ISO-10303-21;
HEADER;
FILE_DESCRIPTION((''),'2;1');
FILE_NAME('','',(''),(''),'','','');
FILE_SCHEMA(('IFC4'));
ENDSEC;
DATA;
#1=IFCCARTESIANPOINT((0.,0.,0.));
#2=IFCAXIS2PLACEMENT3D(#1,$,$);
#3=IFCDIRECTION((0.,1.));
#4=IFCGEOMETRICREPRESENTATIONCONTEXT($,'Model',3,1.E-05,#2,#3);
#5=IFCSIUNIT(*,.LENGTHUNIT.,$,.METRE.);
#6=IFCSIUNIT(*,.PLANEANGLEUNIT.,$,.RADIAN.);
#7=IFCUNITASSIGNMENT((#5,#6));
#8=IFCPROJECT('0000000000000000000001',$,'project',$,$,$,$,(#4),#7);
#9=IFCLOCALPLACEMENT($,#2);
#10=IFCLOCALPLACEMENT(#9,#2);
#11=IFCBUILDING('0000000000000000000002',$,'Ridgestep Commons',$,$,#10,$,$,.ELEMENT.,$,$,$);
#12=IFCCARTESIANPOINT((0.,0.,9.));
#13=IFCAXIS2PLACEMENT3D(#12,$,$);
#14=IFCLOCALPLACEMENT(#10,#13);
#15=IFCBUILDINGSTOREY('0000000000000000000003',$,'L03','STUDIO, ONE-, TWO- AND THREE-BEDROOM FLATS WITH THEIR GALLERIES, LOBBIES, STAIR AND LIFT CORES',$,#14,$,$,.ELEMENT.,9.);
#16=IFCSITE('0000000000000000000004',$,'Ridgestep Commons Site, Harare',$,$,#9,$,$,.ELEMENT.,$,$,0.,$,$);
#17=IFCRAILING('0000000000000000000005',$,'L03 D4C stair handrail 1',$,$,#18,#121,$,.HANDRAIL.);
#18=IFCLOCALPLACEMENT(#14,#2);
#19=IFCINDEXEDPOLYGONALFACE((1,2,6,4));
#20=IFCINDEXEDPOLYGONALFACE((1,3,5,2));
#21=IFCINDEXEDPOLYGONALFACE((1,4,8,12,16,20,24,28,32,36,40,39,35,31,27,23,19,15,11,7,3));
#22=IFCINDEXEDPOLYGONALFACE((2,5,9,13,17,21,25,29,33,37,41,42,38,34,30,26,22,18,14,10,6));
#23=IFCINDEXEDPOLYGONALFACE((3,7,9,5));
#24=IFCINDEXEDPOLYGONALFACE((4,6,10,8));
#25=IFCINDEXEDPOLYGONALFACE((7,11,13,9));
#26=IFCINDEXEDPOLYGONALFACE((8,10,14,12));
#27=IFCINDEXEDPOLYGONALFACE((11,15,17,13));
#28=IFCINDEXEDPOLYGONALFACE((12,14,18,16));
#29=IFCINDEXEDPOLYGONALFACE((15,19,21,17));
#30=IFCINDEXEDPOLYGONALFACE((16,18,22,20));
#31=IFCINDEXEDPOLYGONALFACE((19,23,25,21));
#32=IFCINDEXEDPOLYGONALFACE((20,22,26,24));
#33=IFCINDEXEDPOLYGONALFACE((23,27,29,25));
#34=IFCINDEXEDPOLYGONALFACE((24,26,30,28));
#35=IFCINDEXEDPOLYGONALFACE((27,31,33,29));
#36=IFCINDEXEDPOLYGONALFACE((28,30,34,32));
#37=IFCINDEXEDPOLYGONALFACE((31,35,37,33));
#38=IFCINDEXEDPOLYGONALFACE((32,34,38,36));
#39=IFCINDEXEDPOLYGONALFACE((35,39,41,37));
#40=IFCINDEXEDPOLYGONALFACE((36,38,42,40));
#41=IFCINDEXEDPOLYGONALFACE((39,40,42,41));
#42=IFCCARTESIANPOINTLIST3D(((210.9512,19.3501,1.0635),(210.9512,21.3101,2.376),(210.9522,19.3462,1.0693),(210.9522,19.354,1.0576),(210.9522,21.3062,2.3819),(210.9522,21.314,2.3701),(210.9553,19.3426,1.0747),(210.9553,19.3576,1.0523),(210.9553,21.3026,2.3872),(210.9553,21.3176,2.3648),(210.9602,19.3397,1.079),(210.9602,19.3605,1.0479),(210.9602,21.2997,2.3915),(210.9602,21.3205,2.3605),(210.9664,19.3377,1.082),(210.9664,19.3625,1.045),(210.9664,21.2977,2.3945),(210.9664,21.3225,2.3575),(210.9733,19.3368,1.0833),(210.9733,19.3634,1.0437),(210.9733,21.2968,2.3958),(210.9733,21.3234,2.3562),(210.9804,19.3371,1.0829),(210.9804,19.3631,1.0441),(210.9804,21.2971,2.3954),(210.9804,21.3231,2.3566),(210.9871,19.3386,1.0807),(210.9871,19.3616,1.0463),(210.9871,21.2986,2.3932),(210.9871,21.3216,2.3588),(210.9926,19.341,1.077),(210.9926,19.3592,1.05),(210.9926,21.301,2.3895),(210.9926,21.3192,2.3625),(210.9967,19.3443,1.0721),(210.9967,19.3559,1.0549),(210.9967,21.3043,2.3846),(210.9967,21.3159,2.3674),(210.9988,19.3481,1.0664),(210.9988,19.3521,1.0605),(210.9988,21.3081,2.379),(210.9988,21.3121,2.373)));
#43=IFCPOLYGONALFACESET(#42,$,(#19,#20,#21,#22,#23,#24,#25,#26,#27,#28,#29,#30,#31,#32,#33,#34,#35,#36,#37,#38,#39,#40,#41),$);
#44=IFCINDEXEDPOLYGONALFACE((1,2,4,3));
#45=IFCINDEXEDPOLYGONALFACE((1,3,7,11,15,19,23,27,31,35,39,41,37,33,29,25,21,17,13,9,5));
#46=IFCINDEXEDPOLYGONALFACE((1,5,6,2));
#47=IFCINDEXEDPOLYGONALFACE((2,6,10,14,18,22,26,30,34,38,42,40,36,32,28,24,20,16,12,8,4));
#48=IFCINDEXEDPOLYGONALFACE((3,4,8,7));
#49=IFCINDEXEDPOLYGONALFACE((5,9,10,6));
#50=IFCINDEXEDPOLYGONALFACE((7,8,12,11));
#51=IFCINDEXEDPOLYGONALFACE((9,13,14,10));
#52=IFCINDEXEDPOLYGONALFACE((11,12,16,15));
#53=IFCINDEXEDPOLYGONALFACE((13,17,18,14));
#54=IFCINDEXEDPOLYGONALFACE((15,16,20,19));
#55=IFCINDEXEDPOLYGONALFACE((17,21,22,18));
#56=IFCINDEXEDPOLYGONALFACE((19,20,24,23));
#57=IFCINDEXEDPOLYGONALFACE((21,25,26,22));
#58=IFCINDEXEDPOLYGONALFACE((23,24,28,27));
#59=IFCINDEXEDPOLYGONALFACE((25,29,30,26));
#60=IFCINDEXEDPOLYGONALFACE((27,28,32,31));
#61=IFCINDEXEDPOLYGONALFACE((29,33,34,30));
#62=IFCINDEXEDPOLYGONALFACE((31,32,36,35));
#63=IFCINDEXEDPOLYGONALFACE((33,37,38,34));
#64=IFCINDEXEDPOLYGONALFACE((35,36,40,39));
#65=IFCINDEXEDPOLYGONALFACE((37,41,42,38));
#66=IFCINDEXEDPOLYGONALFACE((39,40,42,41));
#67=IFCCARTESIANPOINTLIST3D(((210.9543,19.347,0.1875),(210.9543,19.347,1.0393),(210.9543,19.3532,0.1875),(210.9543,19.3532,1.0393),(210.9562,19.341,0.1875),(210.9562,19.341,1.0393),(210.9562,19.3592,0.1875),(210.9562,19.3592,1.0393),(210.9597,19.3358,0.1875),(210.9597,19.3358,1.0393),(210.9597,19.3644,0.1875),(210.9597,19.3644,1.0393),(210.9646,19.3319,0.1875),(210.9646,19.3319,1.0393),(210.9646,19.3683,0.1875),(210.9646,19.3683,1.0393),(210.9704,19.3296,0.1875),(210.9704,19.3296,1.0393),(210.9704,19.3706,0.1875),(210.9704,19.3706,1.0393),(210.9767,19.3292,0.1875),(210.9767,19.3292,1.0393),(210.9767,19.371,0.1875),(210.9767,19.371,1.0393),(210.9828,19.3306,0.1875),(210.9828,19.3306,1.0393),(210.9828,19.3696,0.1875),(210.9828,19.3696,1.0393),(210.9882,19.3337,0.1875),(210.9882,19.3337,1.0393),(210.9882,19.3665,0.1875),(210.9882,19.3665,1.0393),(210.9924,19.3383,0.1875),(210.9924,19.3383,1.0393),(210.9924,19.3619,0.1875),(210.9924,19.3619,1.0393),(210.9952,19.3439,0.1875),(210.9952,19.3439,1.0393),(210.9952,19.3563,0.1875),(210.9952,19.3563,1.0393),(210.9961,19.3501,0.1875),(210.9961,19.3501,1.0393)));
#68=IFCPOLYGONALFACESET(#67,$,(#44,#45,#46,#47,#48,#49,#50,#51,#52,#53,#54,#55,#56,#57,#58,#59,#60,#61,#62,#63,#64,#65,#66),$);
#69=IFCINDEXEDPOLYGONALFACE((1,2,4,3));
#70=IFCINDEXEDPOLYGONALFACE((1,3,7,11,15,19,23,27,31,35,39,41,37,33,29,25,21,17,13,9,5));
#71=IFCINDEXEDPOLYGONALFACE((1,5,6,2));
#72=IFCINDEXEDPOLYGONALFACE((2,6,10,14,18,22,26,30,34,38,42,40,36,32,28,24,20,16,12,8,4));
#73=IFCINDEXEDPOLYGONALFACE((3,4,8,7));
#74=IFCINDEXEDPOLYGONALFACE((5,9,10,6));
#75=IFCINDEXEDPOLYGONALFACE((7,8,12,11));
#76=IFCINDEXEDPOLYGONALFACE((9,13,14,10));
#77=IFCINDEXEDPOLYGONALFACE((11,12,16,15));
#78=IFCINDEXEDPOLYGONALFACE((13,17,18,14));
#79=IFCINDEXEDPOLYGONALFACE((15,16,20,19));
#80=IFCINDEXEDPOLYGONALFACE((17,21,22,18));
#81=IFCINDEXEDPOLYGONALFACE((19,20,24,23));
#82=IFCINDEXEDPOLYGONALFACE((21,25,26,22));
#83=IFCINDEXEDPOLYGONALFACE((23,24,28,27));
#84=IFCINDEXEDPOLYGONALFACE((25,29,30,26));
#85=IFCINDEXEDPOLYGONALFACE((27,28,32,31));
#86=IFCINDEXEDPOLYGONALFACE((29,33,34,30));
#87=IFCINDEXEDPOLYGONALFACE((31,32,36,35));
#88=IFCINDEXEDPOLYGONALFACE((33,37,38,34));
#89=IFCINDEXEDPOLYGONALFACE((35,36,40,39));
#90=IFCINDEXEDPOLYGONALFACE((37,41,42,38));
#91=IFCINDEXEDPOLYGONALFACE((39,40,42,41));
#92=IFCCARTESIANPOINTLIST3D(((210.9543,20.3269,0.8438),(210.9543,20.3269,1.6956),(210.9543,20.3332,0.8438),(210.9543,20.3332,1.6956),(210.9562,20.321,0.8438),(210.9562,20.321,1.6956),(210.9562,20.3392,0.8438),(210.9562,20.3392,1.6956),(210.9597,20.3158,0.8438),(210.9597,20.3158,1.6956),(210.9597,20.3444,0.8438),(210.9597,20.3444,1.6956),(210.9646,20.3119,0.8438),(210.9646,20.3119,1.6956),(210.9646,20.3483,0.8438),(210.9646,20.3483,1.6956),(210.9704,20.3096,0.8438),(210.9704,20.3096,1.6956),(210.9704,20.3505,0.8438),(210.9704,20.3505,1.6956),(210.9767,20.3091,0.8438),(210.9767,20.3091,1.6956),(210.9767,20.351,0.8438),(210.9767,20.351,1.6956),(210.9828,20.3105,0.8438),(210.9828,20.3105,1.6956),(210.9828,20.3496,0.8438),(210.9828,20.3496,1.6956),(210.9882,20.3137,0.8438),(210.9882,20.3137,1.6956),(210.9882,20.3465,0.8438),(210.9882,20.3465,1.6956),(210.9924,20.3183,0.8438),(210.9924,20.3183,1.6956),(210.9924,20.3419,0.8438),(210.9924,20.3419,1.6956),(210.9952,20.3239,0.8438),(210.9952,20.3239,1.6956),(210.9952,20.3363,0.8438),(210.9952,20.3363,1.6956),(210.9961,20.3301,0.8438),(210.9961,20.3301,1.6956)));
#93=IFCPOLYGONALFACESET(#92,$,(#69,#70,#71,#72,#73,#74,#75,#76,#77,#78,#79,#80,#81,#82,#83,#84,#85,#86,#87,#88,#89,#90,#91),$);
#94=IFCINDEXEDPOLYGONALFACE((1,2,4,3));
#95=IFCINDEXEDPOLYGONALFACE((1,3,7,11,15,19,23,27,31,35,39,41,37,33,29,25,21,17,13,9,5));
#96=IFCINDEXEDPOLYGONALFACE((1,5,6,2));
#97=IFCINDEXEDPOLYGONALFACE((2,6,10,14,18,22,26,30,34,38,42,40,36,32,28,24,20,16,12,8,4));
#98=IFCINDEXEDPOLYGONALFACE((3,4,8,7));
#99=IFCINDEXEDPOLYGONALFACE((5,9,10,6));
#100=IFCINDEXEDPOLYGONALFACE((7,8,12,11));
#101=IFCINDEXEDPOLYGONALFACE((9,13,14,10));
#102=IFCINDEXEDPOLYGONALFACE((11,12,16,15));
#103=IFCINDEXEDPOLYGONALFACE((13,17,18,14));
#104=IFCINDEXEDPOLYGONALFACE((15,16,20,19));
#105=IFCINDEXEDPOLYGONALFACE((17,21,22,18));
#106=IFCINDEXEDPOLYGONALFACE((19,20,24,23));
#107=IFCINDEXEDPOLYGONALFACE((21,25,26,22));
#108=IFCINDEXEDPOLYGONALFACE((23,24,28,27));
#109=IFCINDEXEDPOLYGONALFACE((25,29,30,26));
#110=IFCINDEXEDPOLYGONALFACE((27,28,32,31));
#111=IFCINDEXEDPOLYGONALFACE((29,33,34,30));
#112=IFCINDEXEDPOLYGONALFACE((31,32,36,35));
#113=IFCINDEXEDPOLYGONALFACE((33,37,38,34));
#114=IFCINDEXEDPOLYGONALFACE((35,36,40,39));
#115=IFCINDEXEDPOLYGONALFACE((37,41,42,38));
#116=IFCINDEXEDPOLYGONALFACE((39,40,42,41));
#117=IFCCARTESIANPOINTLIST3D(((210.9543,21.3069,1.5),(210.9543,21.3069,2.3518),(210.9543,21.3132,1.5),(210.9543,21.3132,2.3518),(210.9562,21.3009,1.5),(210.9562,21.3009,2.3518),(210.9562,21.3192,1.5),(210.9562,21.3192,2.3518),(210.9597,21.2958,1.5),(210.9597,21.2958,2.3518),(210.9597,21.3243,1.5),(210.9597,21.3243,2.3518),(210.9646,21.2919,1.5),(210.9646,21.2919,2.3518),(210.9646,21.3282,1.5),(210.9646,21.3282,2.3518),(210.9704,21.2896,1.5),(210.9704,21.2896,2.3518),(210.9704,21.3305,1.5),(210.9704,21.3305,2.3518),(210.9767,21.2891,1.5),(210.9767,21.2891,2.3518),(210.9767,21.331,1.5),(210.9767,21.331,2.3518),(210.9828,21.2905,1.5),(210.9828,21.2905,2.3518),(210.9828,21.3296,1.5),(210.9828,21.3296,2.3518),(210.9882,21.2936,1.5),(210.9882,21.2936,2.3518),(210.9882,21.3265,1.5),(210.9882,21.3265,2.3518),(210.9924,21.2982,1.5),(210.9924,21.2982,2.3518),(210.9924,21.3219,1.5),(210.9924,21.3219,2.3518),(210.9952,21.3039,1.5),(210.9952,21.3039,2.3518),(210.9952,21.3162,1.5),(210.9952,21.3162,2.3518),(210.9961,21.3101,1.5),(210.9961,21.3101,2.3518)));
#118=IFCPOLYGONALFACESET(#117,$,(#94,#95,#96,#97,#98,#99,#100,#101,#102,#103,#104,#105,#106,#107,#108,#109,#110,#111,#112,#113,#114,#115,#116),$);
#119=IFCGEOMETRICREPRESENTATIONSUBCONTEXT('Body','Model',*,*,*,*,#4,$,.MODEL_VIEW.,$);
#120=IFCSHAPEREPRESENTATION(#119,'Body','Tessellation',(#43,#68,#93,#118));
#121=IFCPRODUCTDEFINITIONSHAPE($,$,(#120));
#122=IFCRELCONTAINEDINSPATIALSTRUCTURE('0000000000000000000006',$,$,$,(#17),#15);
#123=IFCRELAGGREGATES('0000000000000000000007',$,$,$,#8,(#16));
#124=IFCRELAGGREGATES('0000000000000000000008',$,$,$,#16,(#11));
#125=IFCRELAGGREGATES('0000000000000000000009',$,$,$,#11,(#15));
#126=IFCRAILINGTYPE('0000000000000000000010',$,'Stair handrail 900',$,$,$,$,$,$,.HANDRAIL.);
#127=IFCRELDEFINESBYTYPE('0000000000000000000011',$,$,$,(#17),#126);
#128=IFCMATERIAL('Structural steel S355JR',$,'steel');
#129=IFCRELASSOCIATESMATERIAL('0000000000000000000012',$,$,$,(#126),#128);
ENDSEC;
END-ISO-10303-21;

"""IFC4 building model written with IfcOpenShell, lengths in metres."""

from ifc_helpers import new_model, si_unit, direction, frame, origin, origin_2d, place, context, subcontext, project, spatial, circle, extrude, material, type_object, element, save


model = new_model("IFC4")

# Units and contexts
model_context = context("Model", 3, precision=1e-05, world=origin(), true_north=direction((0.0, 1.0)))
body_context = subcontext(model_context, "Body", "Model", "MODEL_VIEW")
ifc_project = project(units=[si_unit("LENGTHUNIT", "METRE"), si_unit("PLANEANGLEUNIT", "RADIAN")], contexts=[model_context])

# Site, building, storey
site_placement = place(None, origin())
site = spatial("IfcSite", under=ifc_project, at=site_placement, Name="Ridgestep Commons Site, Harare", CompositionType="ELEMENT", RefElevation=0.0)
building_placement = place(site_placement, origin())
building = spatial("IfcBuilding", under=site, at=building_placement, Name="Ridgestep Commons", CompositionType="ELEMENT")
storey_placement = place(building_placement, frame((0.0, 0.0, 9.0)))
storey = spatial("IfcBuildingStorey", under=building, at=storey_placement, Name="L03", Description="STUDIO, ONE-, TWO- AND THREE-BEDROOM FLATS WITH THEIR GALLERIES, LOBBIES, STAIR AND LIFT CORES", CompositionType="ELEMENT", Elevation=9.0)

# Railing
ifc_material_1 = material(Name="Structural steel S355JR", Category="steel")
railing_type_1 = type_object("IfcRailingType", Name="Stair handrail 900", PredefinedType="HANDRAIL", material=ifc_material_1)
railing_1_placement = place(storey_placement, frame((210.9751, 19.3501, 0.1875)))
element("IfcRailing", 1, at=railing_1_placement, inside=storey, type_object=railing_type_1, Name="L03 D4C stair handrail 1", PredefinedType="HANDRAIL", context=body_context, shape_type="SweptSolid", body=[
    extrude(circle(Radius=0.0239, at=origin_2d()), frame((0.0, 0.0, 0.876), z_axis=(0.0, 0.830902, 0.556419), x_axis=(-1.0, 0.0, 0.0)), (0.0, 0.0, 1.0), 2.3589),
    extrude(circle(Radius=0.021, at=origin_2d()), origin(), (0.0, 0.0, 1.0), 0.8518),
    extrude(circle(Radius=0.021, at=origin_2d()), frame((0.0, 0.98, 0.6562)), (0.0, 0.0, 1.0), 0.8518),
    extrude(circle(Radius=0.021, at=origin_2d()), frame((0.0, 1.96, 1.3125)), (0.0, 0.0, 1.0), 0.8518),
])

save(model, "model.ifc")
